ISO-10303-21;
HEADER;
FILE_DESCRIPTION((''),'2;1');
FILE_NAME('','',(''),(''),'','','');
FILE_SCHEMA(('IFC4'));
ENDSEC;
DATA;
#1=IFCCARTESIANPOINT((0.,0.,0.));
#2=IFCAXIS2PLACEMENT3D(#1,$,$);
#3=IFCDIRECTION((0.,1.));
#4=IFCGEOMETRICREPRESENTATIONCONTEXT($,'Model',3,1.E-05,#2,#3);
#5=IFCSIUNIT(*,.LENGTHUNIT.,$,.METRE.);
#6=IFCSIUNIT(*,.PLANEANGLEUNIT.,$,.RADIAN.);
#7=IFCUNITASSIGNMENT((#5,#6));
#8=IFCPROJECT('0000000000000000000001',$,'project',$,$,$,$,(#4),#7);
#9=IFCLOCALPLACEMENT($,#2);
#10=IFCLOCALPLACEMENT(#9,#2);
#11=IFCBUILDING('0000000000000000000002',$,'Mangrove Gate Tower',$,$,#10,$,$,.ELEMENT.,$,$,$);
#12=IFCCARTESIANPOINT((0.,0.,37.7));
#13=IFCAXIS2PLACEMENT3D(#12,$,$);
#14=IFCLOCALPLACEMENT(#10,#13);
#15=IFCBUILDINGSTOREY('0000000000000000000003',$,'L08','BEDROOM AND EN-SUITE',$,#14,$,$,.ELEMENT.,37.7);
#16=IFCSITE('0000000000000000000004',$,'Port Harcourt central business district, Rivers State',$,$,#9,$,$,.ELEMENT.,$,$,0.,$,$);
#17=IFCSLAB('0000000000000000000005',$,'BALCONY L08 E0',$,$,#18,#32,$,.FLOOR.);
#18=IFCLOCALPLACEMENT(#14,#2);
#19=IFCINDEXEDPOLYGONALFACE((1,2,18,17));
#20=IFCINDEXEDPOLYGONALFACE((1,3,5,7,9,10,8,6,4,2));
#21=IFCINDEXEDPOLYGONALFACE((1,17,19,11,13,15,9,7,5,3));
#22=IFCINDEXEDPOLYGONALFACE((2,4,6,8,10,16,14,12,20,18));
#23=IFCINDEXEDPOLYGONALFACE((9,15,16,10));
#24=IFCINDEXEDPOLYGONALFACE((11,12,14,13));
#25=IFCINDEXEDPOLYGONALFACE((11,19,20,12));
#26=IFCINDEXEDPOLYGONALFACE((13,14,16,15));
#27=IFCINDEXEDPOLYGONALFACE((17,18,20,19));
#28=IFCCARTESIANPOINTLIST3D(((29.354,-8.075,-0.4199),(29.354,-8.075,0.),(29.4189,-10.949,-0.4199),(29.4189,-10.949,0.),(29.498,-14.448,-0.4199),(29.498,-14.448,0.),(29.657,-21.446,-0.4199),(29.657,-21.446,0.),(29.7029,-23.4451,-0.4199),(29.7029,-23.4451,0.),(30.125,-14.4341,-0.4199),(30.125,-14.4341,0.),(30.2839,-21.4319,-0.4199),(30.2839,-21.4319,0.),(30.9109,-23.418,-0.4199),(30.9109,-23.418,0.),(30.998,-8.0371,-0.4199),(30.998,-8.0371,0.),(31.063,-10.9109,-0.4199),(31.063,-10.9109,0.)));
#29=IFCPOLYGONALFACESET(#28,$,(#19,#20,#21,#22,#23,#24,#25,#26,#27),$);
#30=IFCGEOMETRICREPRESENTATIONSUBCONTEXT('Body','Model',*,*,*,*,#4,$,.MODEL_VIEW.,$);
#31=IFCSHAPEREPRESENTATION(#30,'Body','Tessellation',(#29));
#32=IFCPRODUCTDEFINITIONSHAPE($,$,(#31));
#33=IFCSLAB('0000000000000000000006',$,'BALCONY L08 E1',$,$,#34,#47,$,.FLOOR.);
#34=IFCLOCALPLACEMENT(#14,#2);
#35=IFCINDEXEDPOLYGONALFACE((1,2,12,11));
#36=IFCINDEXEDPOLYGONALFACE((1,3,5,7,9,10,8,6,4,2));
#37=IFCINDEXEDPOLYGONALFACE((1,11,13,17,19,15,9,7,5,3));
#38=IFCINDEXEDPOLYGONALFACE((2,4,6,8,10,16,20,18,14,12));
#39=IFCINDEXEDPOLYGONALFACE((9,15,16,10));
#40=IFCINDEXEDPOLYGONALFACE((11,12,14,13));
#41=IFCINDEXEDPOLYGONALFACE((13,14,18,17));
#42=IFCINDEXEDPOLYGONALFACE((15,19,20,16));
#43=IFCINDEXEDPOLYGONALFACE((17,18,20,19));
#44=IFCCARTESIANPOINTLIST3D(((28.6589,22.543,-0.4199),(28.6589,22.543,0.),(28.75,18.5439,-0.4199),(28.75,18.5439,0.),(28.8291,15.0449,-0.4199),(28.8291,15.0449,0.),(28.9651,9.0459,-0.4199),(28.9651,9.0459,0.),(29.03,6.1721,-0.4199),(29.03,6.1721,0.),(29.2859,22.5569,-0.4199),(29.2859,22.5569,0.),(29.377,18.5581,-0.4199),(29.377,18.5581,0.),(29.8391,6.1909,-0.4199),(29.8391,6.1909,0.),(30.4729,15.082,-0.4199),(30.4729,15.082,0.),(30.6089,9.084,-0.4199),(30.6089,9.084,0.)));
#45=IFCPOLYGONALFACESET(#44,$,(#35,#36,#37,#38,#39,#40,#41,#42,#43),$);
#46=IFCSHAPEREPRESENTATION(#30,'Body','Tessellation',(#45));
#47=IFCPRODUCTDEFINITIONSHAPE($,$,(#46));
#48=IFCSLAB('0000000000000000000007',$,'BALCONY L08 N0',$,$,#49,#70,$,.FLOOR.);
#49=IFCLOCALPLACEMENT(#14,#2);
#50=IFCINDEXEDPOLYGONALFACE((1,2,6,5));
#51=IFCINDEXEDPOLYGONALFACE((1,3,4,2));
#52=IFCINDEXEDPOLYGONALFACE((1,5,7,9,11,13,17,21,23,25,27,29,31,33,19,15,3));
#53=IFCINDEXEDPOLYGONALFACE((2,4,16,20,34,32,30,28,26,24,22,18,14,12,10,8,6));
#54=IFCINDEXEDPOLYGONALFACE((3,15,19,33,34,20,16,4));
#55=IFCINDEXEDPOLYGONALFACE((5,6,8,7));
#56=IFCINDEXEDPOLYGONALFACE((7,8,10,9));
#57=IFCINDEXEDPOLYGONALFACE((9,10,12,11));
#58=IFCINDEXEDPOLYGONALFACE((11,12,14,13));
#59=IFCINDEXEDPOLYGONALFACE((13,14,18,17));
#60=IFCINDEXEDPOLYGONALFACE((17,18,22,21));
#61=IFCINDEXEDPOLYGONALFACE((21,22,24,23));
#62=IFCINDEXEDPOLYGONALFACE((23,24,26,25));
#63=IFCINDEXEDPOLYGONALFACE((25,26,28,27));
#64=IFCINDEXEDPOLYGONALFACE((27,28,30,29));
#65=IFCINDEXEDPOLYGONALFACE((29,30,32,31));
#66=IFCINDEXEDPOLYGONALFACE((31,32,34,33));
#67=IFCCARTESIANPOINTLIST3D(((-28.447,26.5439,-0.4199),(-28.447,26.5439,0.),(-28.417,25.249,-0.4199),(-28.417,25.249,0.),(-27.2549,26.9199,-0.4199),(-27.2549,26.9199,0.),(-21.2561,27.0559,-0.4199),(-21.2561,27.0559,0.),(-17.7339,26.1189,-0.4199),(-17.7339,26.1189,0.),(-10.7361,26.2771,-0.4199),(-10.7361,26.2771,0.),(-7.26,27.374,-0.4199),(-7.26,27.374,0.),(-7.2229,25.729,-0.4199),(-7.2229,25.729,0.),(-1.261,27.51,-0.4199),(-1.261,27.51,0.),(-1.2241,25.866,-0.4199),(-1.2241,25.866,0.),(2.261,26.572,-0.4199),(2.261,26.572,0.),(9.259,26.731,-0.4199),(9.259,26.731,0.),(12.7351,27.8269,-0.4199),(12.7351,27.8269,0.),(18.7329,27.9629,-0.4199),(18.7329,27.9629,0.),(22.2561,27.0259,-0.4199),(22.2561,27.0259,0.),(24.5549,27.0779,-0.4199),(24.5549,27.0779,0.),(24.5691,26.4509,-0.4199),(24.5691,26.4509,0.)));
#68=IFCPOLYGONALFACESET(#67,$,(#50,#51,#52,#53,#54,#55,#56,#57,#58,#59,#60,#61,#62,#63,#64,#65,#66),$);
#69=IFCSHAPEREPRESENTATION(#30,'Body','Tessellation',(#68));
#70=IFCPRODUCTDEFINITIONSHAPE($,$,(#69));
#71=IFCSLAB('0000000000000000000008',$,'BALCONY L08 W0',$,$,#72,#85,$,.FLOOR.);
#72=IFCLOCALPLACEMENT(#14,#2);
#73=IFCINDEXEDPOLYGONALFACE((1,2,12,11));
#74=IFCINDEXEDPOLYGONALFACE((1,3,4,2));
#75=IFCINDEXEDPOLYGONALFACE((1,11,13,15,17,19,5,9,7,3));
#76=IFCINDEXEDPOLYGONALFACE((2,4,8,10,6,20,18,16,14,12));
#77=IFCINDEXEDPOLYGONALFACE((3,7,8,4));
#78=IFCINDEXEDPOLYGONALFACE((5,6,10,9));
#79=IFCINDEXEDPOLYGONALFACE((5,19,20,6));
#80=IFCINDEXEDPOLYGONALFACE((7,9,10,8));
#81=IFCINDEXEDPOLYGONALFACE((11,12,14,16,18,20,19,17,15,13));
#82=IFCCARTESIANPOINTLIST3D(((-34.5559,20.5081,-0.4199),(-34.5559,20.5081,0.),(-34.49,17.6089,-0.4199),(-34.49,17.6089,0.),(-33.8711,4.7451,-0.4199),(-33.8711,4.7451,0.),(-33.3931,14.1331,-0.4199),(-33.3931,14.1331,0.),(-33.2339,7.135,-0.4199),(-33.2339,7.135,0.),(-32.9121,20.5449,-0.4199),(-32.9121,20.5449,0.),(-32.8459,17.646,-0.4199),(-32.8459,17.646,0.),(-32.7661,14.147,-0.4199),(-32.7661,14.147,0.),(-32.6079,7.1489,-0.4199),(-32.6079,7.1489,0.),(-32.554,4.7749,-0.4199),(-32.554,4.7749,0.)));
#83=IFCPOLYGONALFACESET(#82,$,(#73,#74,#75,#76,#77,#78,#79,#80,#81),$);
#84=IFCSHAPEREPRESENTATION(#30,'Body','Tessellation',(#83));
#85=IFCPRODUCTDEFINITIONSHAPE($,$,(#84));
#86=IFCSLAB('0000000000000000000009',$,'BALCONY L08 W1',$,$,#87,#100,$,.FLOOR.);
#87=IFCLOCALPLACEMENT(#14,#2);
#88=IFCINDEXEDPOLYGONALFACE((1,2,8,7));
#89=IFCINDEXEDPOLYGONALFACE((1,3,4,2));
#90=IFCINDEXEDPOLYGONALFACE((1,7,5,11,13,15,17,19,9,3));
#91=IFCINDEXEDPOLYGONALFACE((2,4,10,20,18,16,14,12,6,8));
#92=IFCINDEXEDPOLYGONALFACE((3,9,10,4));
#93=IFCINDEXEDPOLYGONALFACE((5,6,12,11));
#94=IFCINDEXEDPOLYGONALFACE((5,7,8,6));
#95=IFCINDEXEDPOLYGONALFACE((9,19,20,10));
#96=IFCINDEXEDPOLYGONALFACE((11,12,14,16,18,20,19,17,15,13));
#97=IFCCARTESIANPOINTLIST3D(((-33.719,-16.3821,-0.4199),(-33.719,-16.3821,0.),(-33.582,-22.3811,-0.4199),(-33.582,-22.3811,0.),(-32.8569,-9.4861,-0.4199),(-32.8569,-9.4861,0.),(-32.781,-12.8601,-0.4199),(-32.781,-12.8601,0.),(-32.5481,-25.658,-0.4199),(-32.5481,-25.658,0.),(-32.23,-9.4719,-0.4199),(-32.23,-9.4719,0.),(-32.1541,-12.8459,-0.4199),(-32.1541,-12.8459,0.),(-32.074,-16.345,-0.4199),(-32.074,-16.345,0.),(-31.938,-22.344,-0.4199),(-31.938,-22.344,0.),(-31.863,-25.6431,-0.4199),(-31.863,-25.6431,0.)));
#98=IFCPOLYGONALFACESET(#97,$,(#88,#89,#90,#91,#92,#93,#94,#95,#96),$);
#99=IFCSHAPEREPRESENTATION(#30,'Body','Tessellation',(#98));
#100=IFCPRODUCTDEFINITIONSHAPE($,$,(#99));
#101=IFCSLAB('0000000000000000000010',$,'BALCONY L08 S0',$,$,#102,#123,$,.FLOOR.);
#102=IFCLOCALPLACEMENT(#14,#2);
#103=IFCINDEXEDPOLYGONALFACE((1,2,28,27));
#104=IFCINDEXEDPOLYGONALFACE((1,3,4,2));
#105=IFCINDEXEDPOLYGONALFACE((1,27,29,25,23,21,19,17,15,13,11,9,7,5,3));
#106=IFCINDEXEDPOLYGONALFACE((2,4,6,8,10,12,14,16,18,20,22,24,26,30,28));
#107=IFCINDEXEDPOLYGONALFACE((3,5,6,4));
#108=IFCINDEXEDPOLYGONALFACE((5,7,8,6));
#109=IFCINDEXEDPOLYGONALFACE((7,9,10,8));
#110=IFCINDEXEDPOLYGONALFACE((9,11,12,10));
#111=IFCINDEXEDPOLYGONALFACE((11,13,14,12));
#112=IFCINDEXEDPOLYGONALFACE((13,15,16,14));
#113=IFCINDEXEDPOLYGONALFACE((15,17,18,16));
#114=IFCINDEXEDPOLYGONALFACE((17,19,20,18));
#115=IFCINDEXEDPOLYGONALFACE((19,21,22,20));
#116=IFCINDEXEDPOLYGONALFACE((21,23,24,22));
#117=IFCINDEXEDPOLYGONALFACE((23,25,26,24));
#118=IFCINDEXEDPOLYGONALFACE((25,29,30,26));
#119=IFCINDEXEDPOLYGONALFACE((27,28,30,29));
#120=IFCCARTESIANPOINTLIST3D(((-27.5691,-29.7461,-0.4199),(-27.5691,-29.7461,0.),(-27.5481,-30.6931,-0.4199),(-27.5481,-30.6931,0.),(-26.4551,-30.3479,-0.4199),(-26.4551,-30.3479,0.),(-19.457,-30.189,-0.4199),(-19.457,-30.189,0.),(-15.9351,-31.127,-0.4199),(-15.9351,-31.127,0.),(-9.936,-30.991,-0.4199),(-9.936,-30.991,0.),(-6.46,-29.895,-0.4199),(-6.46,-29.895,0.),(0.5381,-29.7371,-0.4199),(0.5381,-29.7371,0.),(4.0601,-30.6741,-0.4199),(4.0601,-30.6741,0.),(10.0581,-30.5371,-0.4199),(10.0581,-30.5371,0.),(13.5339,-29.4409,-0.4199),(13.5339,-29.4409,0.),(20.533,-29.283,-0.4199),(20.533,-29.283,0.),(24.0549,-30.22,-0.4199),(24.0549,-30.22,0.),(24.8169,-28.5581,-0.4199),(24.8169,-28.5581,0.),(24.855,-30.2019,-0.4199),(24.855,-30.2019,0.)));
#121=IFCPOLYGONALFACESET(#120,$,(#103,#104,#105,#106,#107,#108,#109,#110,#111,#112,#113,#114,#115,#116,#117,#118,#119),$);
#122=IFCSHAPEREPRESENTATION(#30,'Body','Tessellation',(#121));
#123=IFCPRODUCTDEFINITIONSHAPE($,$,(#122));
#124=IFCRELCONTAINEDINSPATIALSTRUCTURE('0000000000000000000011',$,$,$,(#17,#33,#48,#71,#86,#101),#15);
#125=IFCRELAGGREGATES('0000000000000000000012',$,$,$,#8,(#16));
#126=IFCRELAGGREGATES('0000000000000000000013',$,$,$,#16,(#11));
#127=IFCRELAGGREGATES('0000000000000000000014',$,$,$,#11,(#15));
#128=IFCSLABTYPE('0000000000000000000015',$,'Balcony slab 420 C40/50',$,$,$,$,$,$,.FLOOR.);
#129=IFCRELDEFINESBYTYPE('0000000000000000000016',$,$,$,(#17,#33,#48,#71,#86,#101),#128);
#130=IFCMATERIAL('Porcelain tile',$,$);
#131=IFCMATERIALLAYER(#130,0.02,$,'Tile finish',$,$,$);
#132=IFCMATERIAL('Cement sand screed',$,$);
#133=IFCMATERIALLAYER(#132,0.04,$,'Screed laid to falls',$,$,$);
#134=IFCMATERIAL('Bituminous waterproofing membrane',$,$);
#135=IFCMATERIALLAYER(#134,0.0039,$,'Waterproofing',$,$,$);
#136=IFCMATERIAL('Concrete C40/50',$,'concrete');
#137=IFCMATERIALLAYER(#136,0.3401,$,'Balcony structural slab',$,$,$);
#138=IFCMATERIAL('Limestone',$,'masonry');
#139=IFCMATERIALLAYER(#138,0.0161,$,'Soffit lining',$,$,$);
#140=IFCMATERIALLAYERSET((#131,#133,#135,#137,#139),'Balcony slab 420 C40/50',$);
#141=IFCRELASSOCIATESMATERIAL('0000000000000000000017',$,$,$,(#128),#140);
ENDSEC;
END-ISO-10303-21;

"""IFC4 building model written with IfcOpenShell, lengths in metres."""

from ifc_helpers import new_model, si_unit, direction, frame, origin, place, context, subcontext, project, spatial, polyline, outline, extrude, material, layer, layer_set, type_object, element, save


model = new_model("IFC4")

# Units and contexts
model_context = context("Model", 3, precision=1e-05, world=origin(), true_north=direction((0.0, 1.0)))
body_context = subcontext(model_context, "Body", "Model", "MODEL_VIEW")
ifc_project = project(units=[si_unit("LENGTHUNIT", "METRE"), si_unit("PLANEANGLEUNIT", "RADIAN")], contexts=[model_context])

# Site, building, storey
site_placement = place(None, origin())
site = spatial("IfcSite", under=ifc_project, at=site_placement, Name="Port Harcourt central business district, Rivers State", CompositionType="ELEMENT", RefElevation=0.0)
building_placement = place(site_placement, origin())
building = spatial("IfcBuilding", under=site, at=building_placement, Name="Mangrove Gate Tower", CompositionType="ELEMENT")
storey_placement = place(building_placement, frame((0.0, 0.0, 37.7)))
storey = spatial("IfcBuildingStorey", under=building, at=storey_placement, Name="L08", Description="BEDROOM AND EN-SUITE", CompositionType="ELEMENT", Elevation=37.7)

# Slabs
ifc_material_1 = material(Name="Porcelain tile")
ifc_layer_1 = layer(ifc_material_1, 0.02, Name="Tile finish")
ifc_material_2 = material(Name="Cement sand screed")
ifc_layer_2 = layer(ifc_material_2, 0.04, Name="Screed laid to falls")
ifc_material_3 = material(Name="Bituminous waterproofing membrane")
ifc_layer_3 = layer(ifc_material_3, 0.0039, Name="Waterproofing")
ifc_material_4 = material(Name="Concrete C40/50", Category="concrete")
ifc_layer_4 = layer(ifc_material_4, 0.3401, Name="Balcony structural slab")
ifc_material_5 = material(Name="Limestone", Category="masonry")
ifc_layer_5 = layer(ifc_material_5, 0.0161, Name="Soffit lining")
ifc_layer_set_1 = layer_set([ifc_layer_1, ifc_layer_2, ifc_layer_3, ifc_layer_4, ifc_layer_5], Name="Balcony slab 420 C40/50")
slab_type_1 = type_object("IfcSlabType", Name="Balcony slab 420 C40/50", PredefinedType="FLOOR", material=ifc_layer_set_1)
slab_1_placement = place(storey_placement, frame((0.0, 0.0, -0.4199)))
element("IfcSlab", 1, at=slab_1_placement, inside=storey, type_object=slab_type_1, Name="BALCONY L08 E0", PredefinedType="FLOOR", context=body_context, shape_type="SweptSolid", body=[
    extrude(outline(polyline([(30.9109, -23.418), (30.2839, -21.4319), (30.125, -14.4341), (31.063, -10.9109), (30.998, -8.0371), (29.354, -8.075), (29.4189, -10.949), (29.498, -14.448), (29.657, -21.446), (29.7029, -23.4451), (30.9109, -23.418)])), origin(), (0.0, 0.0, 1.0), 0.4199),
])
slab_2_placement = place(storey_placement, frame((0.0, 0.0, -0.4199)))
element("IfcSlab", 2, at=slab_2_placement, inside=storey, type_object=slab_type_1, Name="BALCONY L08 E1", PredefinedType="FLOOR", context=body_context, shape_type="SweptSolid", body=[
    extrude(outline(polyline([(29.8391, 6.1909), (30.6089, 9.084), (30.4729, 15.082), (29.377, 18.5581), (29.2859, 22.5569), (28.6589, 22.543), (28.75, 18.5439), (28.8291, 15.0449), (28.9651, 9.0459), (29.03, 6.1721), (29.8391, 6.1909)])), origin(), (0.0, 0.0, 1.0), 0.4199),
])
slab_3_placement = place(storey_placement, frame((0.0, 0.0, -0.4199)))
element("IfcSlab", 3, at=slab_3_placement, inside=storey, type_object=slab_type_1, Name="BALCONY L08 N0", PredefinedType="FLOOR", context=body_context, shape_type="SweptSolid", body=[
    extrude(outline(polyline([(24.5549, 27.0779), (22.2561, 27.0259), (18.7329, 27.9629), (12.7351, 27.8269), (9.259, 26.731), (2.261, 26.572), (-1.261, 27.51), (-7.26, 27.374), (-10.7361, 26.2771), (-17.7339, 26.1189), (-21.2561, 27.0559), (-27.2549, 26.9199), (-28.447, 26.5439), (-28.417, 25.249), (-7.2229, 25.729), (-1.2241, 25.866), (24.5691, 26.4509), (24.5549, 27.0779)])), origin(), (0.0, 0.0, 1.0), 0.4199),
])
slab_4_placement = place(storey_placement, frame((0.0, 0.0, -0.4199)))
element("IfcSlab", 4, at=slab_4_placement, inside=storey, type_object=slab_type_1, Name="BALCONY L08 W0", PredefinedType="FLOOR", context=body_context, shape_type="SweptSolid", body=[
    extrude(outline(polyline([(-34.5559, 20.5081), (-34.49, 17.6089), (-33.3931, 14.1331), (-33.2339, 7.135), (-33.8711, 4.7451), (-32.554, 4.7749), (-32.6079, 7.1489), (-32.7661, 14.147), (-32.8459, 17.646), (-32.9121, 20.5449), (-34.5559, 20.5081)])), origin(), (0.0, 0.0, 1.0), 0.4199),
])
slab_5_placement = place(storey_placement, frame((0.0, 0.0, -0.4199)))
element("IfcSlab", 5, at=slab_5_placement, inside=storey, type_object=slab_type_1, Name="BALCONY L08 W1", PredefinedType="FLOOR", context=body_context, shape_type="SweptSolid", body=[
    extrude(outline(polyline([(-32.8569, -9.4861), (-32.781, -12.8601), (-33.719, -16.3821), (-33.582, -22.3811), (-32.5481, -25.658), (-31.863, -25.6431), (-31.938, -22.344), (-32.074, -16.345), (-32.1541, -12.8459), (-32.23, -9.4719), (-32.8569, -9.4861)])), origin(), (0.0, 0.0, 1.0), 0.4199),
])
slab_6_placement = place(storey_placement, frame((0.0, 0.0, -0.4199)))
element("IfcSlab", 6, at=slab_6_placement, inside=storey, type_object=slab_type_1, Name="BALCONY L08 S0", PredefinedType="FLOOR", context=body_context, shape_type="SweptSolid", body=[
    extrude(outline(polyline([(-27.5481, -30.6931), (-26.4551, -30.3479), (-19.457, -30.189), (-15.9351, -31.127), (-9.936, -30.991), (-6.46, -29.895), (0.5381, -29.7371), (4.0601, -30.6741), (10.0581, -30.5371), (13.5339, -29.4409), (20.533, -29.283), (24.0549, -30.22), (24.855, -30.2019), (24.8169, -28.5581), (-27.5691, -29.7461), (-27.5481, -30.6931)])), origin(), (0.0, 0.0, 1.0), 0.4199),
])

save(model, "model.ifc")
